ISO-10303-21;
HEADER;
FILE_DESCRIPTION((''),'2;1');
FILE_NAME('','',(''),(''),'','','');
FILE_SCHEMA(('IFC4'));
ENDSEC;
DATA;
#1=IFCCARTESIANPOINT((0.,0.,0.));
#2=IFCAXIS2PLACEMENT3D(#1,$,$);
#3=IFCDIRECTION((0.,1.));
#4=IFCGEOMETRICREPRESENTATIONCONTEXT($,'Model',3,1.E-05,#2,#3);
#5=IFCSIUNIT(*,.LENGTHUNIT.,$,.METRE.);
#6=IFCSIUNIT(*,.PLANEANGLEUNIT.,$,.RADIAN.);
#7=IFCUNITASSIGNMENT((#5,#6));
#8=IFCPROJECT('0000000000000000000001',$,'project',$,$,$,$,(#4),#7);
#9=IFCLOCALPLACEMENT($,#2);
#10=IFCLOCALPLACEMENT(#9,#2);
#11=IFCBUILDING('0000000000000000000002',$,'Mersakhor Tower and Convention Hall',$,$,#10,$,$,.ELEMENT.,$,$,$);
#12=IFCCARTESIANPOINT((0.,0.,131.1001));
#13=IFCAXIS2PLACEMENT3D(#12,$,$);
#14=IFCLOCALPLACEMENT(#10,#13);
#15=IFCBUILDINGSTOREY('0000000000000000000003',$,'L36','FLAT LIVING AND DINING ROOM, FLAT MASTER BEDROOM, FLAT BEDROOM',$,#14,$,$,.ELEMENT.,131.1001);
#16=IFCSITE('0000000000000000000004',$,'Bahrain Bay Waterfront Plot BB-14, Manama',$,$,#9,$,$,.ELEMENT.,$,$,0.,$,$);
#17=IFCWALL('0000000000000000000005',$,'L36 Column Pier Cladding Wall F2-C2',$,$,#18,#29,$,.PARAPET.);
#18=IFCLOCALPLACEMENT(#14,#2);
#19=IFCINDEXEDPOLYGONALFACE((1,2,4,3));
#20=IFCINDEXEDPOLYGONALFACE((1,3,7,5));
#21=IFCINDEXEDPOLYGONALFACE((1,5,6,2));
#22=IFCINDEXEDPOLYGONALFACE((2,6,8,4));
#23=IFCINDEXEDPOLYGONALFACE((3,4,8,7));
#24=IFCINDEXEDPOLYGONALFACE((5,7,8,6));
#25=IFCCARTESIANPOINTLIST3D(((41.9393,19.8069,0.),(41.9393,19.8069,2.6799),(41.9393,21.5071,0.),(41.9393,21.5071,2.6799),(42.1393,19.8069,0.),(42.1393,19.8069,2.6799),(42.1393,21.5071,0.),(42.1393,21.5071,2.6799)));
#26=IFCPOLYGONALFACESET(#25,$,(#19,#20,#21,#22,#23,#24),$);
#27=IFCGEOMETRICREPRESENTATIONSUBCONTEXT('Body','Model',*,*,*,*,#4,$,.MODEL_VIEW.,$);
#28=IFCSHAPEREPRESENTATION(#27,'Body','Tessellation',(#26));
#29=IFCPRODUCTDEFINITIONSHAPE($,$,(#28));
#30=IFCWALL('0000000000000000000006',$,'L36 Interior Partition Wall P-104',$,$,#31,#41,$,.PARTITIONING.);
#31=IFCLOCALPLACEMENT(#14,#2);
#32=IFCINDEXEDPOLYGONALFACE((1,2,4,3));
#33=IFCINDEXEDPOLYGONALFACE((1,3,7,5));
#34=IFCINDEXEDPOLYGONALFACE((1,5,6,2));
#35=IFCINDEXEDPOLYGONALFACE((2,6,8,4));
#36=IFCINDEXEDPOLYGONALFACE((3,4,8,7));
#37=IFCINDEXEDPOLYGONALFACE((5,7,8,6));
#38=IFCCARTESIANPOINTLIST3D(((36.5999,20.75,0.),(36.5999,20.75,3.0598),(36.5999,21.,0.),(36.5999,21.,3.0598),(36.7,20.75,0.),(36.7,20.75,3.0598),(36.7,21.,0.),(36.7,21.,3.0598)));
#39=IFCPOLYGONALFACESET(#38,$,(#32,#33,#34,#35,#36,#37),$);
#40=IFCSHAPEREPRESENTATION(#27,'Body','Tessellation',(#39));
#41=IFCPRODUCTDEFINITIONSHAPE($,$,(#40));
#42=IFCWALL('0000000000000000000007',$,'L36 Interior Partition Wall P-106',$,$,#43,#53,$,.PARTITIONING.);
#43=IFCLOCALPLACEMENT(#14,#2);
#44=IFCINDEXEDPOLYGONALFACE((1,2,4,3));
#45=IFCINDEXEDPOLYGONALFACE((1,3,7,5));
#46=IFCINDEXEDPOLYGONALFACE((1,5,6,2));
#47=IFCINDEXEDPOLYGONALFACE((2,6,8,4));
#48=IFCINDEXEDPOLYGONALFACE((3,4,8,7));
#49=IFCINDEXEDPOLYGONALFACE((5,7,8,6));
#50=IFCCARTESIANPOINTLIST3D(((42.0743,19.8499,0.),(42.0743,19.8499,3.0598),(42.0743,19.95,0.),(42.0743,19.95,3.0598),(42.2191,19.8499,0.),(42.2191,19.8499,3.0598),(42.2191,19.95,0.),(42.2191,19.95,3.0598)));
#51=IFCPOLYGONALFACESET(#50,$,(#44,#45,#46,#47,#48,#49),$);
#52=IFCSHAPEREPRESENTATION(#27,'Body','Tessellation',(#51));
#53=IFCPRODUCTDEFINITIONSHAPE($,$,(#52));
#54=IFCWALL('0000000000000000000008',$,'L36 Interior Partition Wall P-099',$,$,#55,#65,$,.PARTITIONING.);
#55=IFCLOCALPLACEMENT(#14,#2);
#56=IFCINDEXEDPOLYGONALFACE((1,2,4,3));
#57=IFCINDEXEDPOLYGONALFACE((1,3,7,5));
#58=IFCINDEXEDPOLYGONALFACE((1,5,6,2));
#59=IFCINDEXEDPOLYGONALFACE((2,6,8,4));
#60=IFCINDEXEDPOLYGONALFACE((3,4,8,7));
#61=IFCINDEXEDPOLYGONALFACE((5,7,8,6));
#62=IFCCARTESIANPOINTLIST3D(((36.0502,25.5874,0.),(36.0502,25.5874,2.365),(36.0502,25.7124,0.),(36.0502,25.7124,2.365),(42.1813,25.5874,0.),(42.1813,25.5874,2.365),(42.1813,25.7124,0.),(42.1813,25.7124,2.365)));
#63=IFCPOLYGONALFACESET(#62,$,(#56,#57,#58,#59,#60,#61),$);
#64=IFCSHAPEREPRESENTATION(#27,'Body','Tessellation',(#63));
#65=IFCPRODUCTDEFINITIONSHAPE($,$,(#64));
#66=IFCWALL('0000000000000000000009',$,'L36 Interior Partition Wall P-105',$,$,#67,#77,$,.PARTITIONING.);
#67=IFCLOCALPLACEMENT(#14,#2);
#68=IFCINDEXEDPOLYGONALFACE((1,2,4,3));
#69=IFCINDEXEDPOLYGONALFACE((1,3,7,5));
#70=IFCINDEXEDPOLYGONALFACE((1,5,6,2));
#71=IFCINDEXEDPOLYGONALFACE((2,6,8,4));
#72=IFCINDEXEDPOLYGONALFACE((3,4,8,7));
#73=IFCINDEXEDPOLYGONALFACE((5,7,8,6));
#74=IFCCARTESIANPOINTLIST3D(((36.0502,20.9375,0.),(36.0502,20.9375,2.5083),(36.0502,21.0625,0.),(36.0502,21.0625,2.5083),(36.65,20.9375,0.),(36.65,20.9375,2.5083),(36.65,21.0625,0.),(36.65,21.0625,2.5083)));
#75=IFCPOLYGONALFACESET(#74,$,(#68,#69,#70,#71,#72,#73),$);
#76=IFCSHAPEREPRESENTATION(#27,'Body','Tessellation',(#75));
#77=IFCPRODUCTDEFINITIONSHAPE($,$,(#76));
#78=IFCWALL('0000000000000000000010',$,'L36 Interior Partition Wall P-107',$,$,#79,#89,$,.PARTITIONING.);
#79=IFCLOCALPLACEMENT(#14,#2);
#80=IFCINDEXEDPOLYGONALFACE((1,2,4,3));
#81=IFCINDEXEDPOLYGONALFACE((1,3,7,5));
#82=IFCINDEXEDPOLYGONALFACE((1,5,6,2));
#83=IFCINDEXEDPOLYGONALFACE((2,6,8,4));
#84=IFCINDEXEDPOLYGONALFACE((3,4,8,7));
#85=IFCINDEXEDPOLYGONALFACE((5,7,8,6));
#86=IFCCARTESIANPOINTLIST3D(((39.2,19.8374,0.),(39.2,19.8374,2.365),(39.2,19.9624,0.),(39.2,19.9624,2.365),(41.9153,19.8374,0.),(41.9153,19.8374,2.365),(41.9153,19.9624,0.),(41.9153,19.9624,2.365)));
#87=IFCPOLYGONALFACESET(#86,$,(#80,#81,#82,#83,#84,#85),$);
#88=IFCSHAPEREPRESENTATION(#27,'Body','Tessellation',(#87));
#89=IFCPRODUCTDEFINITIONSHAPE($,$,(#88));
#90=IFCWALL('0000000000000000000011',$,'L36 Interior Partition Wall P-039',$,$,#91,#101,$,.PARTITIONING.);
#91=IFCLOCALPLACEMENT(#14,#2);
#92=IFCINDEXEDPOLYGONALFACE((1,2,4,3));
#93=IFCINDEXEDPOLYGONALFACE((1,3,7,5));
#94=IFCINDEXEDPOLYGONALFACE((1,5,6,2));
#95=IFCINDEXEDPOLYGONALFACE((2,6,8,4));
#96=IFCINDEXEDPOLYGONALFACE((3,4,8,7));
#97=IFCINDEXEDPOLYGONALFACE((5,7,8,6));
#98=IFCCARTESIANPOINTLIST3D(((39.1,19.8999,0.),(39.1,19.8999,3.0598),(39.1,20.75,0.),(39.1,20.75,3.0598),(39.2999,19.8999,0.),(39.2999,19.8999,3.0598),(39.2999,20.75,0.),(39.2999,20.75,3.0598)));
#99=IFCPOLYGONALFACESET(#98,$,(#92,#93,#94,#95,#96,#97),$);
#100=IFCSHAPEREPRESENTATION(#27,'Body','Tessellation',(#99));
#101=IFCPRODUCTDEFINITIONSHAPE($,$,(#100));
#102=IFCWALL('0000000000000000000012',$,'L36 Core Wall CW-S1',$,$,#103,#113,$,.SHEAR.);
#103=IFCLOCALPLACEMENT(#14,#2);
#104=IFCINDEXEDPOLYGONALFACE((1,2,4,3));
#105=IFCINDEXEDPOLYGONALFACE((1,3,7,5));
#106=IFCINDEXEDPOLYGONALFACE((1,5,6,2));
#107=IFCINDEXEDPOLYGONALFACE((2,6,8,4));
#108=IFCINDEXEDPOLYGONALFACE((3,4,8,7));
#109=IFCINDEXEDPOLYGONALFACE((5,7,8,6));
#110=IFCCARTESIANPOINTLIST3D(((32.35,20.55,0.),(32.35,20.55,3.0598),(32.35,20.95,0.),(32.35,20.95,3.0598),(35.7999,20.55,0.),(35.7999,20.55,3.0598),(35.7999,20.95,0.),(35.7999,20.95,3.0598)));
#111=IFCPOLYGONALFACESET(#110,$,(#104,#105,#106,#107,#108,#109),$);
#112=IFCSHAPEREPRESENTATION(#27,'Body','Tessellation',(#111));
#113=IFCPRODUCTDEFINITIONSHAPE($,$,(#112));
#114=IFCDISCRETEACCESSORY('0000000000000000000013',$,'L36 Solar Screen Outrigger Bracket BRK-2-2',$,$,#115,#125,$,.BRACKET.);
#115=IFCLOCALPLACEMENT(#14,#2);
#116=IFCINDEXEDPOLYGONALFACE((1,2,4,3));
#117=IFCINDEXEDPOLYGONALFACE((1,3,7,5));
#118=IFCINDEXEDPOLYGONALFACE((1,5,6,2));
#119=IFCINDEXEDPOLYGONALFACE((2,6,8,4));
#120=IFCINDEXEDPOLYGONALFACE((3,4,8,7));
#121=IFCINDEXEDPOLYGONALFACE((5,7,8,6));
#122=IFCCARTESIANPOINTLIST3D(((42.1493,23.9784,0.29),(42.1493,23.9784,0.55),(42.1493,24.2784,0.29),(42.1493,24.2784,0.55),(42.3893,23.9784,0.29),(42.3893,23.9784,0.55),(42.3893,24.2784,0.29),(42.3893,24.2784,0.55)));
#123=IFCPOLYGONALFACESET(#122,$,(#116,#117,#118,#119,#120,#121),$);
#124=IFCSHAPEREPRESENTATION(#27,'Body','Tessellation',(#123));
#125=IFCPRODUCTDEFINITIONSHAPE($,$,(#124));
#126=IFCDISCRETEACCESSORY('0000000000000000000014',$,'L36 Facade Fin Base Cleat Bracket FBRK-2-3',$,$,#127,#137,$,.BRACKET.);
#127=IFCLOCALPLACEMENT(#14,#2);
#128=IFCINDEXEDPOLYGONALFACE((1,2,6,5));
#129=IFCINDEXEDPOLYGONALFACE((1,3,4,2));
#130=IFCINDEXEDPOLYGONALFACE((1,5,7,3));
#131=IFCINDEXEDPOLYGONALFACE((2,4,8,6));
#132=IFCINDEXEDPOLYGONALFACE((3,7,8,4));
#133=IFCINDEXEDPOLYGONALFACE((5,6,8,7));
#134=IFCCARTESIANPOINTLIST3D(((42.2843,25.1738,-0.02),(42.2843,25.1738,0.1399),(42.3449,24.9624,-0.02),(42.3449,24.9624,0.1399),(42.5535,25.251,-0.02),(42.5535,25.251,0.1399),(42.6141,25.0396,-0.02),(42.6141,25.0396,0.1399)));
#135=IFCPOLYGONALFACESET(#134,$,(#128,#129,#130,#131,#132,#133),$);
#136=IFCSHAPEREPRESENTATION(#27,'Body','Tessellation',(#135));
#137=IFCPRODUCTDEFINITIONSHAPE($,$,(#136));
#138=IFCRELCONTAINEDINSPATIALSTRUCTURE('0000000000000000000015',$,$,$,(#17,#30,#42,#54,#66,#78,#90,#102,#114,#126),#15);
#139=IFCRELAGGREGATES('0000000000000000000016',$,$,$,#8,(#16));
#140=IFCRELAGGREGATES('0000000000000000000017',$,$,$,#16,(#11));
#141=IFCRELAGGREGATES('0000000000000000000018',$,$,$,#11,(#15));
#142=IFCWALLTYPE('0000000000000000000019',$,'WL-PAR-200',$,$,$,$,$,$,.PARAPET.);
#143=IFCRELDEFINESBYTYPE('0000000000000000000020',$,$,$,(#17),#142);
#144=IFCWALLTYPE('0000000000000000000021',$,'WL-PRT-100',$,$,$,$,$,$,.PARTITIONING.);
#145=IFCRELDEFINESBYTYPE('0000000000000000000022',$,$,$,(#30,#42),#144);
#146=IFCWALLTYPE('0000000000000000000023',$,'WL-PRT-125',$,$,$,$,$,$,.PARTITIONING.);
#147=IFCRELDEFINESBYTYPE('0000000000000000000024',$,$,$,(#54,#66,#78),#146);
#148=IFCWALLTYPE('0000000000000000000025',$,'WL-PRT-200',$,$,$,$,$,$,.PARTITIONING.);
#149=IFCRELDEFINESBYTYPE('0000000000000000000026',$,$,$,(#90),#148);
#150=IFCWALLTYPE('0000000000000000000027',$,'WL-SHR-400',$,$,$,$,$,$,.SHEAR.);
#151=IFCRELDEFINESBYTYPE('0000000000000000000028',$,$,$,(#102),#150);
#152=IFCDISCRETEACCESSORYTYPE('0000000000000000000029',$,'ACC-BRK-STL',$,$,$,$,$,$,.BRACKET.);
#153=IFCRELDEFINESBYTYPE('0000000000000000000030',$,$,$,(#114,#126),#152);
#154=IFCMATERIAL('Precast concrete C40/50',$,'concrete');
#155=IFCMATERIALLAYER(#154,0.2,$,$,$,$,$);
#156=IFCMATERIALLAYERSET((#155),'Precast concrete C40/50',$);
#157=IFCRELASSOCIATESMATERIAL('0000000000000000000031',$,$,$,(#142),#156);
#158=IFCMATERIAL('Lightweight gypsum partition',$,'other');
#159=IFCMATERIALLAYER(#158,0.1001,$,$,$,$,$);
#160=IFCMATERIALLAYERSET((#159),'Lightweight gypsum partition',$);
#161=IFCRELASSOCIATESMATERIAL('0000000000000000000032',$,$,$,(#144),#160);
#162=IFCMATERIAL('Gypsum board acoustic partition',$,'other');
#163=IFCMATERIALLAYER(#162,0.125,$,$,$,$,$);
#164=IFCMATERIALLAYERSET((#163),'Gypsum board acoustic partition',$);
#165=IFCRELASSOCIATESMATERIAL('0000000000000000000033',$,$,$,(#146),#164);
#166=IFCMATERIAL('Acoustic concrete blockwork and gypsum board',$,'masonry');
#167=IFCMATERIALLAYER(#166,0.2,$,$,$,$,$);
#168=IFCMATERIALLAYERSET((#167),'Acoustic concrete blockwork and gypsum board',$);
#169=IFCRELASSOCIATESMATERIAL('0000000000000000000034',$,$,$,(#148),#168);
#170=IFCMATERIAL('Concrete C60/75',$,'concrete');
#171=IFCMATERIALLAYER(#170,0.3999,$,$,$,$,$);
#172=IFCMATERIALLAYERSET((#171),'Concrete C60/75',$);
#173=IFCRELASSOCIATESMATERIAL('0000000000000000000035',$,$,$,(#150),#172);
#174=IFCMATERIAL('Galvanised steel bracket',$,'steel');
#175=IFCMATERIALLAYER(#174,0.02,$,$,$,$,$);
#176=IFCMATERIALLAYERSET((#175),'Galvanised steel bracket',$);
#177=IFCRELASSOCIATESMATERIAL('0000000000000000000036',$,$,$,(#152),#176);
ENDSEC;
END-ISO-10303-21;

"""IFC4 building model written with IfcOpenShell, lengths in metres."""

from ifc_helpers import new_model, si_unit, direction, frame, frame_2d, origin, origin_2d, place, context, subcontext, project, spatial, rectangle, extrude, material, layer, layer_set, type_object, element, save


model = new_model("IFC4")

# Units and contexts
model_context = context("Model", 3, precision=1e-05, world=origin(), true_north=direction((0.0, 1.0)))
body_context = subcontext(model_context, "Body", "Model", "MODEL_VIEW")
ifc_project = project(units=[si_unit("LENGTHUNIT", "METRE"), si_unit("PLANEANGLEUNIT", "RADIAN")], contexts=[model_context])

# Site, building, storey
site_placement = place(None, origin())
site = spatial("IfcSite", under=ifc_project, at=site_placement, Name="Bahrain Bay Waterfront Plot BB-14, Manama", CompositionType="ELEMENT", RefElevation=0.0)
building_placement = place(site_placement, origin())
building = spatial("IfcBuilding", under=site, at=building_placement, Name="Mersakhor Tower and Convention Hall", CompositionType="ELEMENT")
storey_placement = place(building_placement, frame((0.0, 0.0, 131.1001)))
storey = spatial("IfcBuildingStorey", under=building, at=storey_placement, Name="L36", Description="FLAT LIVING AND DINING ROOM, FLAT MASTER BEDROOM, FLAT BEDROOM", CompositionType="ELEMENT", Elevation=131.1001)

# Walls
ifc_material_1 = material(Name="Precast concrete C40/50", Category="concrete")
ifc_layer_1 = layer(ifc_material_1, 0.2)
ifc_layer_set_1 = layer_set([ifc_layer_1], Name="Precast concrete C40/50")
wall_type_1 = type_object("IfcWallType", Name="WL-PAR-200", PredefinedType="PARAPET", material=ifc_layer_set_1)
wall_1_placement = place(storey_placement, frame((42.0393, 21.5071, 0.0), z_axis=(0.0, 0.0, 1.0), x_axis=(0.0, -1.0, 0.0)))
element("IfcWall", 1, at=wall_1_placement, inside=storey, type_object=wall_type_1, Name="L36 Column Pier Cladding Wall F2-C2", PredefinedType="PARAPET", context=body_context, shape_type="SweptSolid", body=[
    extrude(rectangle(XDim=1.7002, YDim=0.2, at=frame_2d((0.8501, 0.0))), origin(), (0.0, 0.0, 1.0), 2.6799),
])
ifc_material_2 = material(Name="Lightweight gypsum partition", Category="other")
ifc_layer_2 = layer(ifc_material_2, 0.1001)
ifc_layer_set_2 = layer_set([ifc_layer_2], Name="Lightweight gypsum partition")
wall_type_2 = type_object("IfcWallType", Name="WL-PRT-100", PredefinedType="PARTITIONING", material=ifc_layer_set_2)
wall_2_placement = place(storey_placement, frame((36.6499, 20.75, 0.0), z_axis=(0.0, 0.0, 1.0), x_axis=(0.0, 1.0, 0.0)))
element("IfcWall", 2, at=wall_2_placement, inside=storey, type_object=wall_type_2, Name="L36 Interior Partition Wall P-104", PredefinedType="PARTITIONING", context=body_context, shape_type="SweptSolid", body=[
    extrude(rectangle(XDim=0.25, YDim=0.1001, at=frame_2d((0.125, 0.0))), origin(), (0.0, 0.0, 1.0), 3.0598),
])
wall_3_placement = place(storey_placement, frame((42.219, 19.8999, 0.0), z_axis=(0.0, 0.0, 1.0), x_axis=(-1.0, 0.0, 0.0)))
element("IfcWall", 3, at=wall_3_placement, inside=storey, type_object=wall_type_2, Name="L36 Interior Partition Wall P-106", PredefinedType="PARTITIONING", context=body_context, shape_type="SweptSolid", body=[
    extrude(rectangle(XDim=0.1448, YDim=0.1001, at=frame_2d((0.0723, 0.0))), origin(), (0.0, 0.0, 1.0), 3.0598),
])
ifc_material_3 = material(Name="Gypsum board acoustic partition", Category="other")
ifc_layer_3 = layer(ifc_material_3, 0.125)
ifc_layer_set_3 = layer_set([ifc_layer_3], Name="Gypsum board acoustic partition")
wall_type_3 = type_object("IfcWallType", Name="WL-PRT-125", PredefinedType="PARTITIONING", material=ifc_layer_set_3)
wall_4_placement = place(storey_placement, frame((42.1812, 25.6499, 0.0), z_axis=(0.0, 0.0, 1.0), x_axis=(-1.0, 0.0, 0.0)))
element("IfcWall", 4, at=wall_4_placement, inside=storey, type_object=wall_type_3, Name="L36 Interior Partition Wall P-099", PredefinedType="PARTITIONING", context=body_context, shape_type="SweptSolid", body=[
    extrude(rectangle(XDim=6.1311, YDim=0.125, at=frame_2d((3.0654, 0.0))), origin(), (0.0, 0.0, 1.0), 2.365),
])
wall_5_placement = place(storey_placement, frame((36.6499, 21.0, 0.0), z_axis=(0.0, 0.0, 1.0), x_axis=(-1.0, 0.0, 0.0)))
element("IfcWall", 5, at=wall_5_placement, inside=storey, type_object=wall_type_3, Name="L36 Interior Partition Wall P-105", PredefinedType="PARTITIONING", context=body_context, shape_type="SweptSolid", body=[
    extrude(rectangle(XDim=0.5999, YDim=0.125, at=frame_2d((0.2998, 0.0))), origin(), (0.0, 0.0, 1.0), 2.5083),
])
wall_6_placement = place(storey_placement, frame((41.9153, 19.8999, 0.0), z_axis=(0.0, 0.0, 1.0), x_axis=(-1.0, 0.0, 0.0)))
element("IfcWall", 6, at=wall_6_placement, inside=storey, type_object=wall_type_3, Name="L36 Interior Partition Wall P-107", PredefinedType="PARTITIONING", context=body_context, shape_type="SweptSolid", body=[
    extrude(rectangle(XDim=2.7153, YDim=0.125, at=frame_2d((1.3577, 0.0))), origin(), (0.0, 0.0, 1.0), 2.365),
])

# Shared definitions
ifc_material_4 = material(Name="Acoustic concrete blockwork and gypsum board", Category="masonry")
ifc_layer_4 = layer(ifc_material_4, 0.2)
ifc_layer_set_4 = layer_set([ifc_layer_4], Name="Acoustic concrete blockwork and gypsum board")
wall_type_4 = type_object("IfcWallType", Name="WL-PRT-200", PredefinedType="PARTITIONING", material=ifc_layer_set_4)

# Walls
wall_7_placement = place(storey_placement, frame((39.2, 20.75, 0.0), z_axis=(0.0, 0.0, 1.0), x_axis=(0.0, -1.0, 0.0)))
element("IfcWall", 7, at=wall_7_placement, inside=storey, type_object=wall_type_4, Name="L36 Interior Partition Wall P-039", PredefinedType="PARTITIONING", context=body_context, shape_type="SweptSolid", body=[
    extrude(rectangle(XDim=0.8501, YDim=0.2, at=frame_2d((0.425, 0.0))), origin(), (0.0, 0.0, 1.0), 3.0598),
])
ifc_material_5 = material(Name="Concrete C60/75", Category="concrete")
ifc_layer_5 = layer(ifc_material_5, 0.3999)
ifc_layer_set_5 = layer_set([ifc_layer_5], Name="Concrete C60/75")
wall_type_5 = type_object("IfcWallType", Name="WL-SHR-400", PredefinedType="SHEAR", material=ifc_layer_set_5)
wall_8_placement = place(storey_placement, frame((35.8, 20.75, 0.0), z_axis=(0.0, 0.0, 1.0), x_axis=(-1.0, 0.0, 0.0)))
element("IfcWall", 8, at=wall_8_placement, inside=storey, type_object=wall_type_5, Name="L36 Core Wall CW-S1", PredefinedType="SHEAR", context=body_context, shape_type="SweptSolid", body=[
    extrude(rectangle(XDim=3.45, YDim=0.3999, at=frame_2d((1.7251, 0.0))), origin(), (0.0, 0.0, 1.0), 3.0598),
])

# Discrete accessories
ifc_material_6 = material(Name="Galvanised steel bracket", Category="steel")
ifc_layer_6 = layer(ifc_material_6, 0.02)
ifc_layer_set_6 = layer_set([ifc_layer_6], Name="Galvanised steel bracket")
discrete_accessory_type = type_object("IfcDiscreteAccessoryType", Name="ACC-BRK-STL", PredefinedType="BRACKET", material=ifc_layer_set_6)
discrete_accessory_1_placement = place(storey_placement, frame((42.2693, 24.1284, 0.29), z_axis=(0.0, 0.0, 1.0), x_axis=(0.0, -1.0, 0.0)))
element("IfcDiscreteAccessory", 9, at=discrete_accessory_1_placement, inside=storey, type_object=discrete_accessory_type, Name="L36 Solar Screen Outrigger Bracket BRK-2-2", PredefinedType="BRACKET", context=body_context, shape_type="SweptSolid", body=[
    extrude(rectangle(XDim=0.3, YDim=0.24, at=origin_2d()), origin(), (0.0, 0.0, 1.0), 0.26),
])
discrete_accessory_2_placement = place(storey_placement, frame((42.4492, 25.1067, -0.02), z_axis=(0.0, 0.0, 1.0), x_axis=(0.961262, 0.275637, 0.0)))
element("IfcDiscreteAccessory", 10, at=discrete_accessory_2_placement, inside=storey, type_object=discrete_accessory_type, Name="L36 Facade Fin Base Cleat Bracket FBRK-2-3", PredefinedType="BRACKET", context=body_context, shape_type="SweptSolid", body=[
    extrude(rectangle(XDim=0.28, YDim=0.22, at=origin_2d()), origin(), (0.0, 0.0, 1.0), 0.1599),
])

save(model, "model.ifc")
